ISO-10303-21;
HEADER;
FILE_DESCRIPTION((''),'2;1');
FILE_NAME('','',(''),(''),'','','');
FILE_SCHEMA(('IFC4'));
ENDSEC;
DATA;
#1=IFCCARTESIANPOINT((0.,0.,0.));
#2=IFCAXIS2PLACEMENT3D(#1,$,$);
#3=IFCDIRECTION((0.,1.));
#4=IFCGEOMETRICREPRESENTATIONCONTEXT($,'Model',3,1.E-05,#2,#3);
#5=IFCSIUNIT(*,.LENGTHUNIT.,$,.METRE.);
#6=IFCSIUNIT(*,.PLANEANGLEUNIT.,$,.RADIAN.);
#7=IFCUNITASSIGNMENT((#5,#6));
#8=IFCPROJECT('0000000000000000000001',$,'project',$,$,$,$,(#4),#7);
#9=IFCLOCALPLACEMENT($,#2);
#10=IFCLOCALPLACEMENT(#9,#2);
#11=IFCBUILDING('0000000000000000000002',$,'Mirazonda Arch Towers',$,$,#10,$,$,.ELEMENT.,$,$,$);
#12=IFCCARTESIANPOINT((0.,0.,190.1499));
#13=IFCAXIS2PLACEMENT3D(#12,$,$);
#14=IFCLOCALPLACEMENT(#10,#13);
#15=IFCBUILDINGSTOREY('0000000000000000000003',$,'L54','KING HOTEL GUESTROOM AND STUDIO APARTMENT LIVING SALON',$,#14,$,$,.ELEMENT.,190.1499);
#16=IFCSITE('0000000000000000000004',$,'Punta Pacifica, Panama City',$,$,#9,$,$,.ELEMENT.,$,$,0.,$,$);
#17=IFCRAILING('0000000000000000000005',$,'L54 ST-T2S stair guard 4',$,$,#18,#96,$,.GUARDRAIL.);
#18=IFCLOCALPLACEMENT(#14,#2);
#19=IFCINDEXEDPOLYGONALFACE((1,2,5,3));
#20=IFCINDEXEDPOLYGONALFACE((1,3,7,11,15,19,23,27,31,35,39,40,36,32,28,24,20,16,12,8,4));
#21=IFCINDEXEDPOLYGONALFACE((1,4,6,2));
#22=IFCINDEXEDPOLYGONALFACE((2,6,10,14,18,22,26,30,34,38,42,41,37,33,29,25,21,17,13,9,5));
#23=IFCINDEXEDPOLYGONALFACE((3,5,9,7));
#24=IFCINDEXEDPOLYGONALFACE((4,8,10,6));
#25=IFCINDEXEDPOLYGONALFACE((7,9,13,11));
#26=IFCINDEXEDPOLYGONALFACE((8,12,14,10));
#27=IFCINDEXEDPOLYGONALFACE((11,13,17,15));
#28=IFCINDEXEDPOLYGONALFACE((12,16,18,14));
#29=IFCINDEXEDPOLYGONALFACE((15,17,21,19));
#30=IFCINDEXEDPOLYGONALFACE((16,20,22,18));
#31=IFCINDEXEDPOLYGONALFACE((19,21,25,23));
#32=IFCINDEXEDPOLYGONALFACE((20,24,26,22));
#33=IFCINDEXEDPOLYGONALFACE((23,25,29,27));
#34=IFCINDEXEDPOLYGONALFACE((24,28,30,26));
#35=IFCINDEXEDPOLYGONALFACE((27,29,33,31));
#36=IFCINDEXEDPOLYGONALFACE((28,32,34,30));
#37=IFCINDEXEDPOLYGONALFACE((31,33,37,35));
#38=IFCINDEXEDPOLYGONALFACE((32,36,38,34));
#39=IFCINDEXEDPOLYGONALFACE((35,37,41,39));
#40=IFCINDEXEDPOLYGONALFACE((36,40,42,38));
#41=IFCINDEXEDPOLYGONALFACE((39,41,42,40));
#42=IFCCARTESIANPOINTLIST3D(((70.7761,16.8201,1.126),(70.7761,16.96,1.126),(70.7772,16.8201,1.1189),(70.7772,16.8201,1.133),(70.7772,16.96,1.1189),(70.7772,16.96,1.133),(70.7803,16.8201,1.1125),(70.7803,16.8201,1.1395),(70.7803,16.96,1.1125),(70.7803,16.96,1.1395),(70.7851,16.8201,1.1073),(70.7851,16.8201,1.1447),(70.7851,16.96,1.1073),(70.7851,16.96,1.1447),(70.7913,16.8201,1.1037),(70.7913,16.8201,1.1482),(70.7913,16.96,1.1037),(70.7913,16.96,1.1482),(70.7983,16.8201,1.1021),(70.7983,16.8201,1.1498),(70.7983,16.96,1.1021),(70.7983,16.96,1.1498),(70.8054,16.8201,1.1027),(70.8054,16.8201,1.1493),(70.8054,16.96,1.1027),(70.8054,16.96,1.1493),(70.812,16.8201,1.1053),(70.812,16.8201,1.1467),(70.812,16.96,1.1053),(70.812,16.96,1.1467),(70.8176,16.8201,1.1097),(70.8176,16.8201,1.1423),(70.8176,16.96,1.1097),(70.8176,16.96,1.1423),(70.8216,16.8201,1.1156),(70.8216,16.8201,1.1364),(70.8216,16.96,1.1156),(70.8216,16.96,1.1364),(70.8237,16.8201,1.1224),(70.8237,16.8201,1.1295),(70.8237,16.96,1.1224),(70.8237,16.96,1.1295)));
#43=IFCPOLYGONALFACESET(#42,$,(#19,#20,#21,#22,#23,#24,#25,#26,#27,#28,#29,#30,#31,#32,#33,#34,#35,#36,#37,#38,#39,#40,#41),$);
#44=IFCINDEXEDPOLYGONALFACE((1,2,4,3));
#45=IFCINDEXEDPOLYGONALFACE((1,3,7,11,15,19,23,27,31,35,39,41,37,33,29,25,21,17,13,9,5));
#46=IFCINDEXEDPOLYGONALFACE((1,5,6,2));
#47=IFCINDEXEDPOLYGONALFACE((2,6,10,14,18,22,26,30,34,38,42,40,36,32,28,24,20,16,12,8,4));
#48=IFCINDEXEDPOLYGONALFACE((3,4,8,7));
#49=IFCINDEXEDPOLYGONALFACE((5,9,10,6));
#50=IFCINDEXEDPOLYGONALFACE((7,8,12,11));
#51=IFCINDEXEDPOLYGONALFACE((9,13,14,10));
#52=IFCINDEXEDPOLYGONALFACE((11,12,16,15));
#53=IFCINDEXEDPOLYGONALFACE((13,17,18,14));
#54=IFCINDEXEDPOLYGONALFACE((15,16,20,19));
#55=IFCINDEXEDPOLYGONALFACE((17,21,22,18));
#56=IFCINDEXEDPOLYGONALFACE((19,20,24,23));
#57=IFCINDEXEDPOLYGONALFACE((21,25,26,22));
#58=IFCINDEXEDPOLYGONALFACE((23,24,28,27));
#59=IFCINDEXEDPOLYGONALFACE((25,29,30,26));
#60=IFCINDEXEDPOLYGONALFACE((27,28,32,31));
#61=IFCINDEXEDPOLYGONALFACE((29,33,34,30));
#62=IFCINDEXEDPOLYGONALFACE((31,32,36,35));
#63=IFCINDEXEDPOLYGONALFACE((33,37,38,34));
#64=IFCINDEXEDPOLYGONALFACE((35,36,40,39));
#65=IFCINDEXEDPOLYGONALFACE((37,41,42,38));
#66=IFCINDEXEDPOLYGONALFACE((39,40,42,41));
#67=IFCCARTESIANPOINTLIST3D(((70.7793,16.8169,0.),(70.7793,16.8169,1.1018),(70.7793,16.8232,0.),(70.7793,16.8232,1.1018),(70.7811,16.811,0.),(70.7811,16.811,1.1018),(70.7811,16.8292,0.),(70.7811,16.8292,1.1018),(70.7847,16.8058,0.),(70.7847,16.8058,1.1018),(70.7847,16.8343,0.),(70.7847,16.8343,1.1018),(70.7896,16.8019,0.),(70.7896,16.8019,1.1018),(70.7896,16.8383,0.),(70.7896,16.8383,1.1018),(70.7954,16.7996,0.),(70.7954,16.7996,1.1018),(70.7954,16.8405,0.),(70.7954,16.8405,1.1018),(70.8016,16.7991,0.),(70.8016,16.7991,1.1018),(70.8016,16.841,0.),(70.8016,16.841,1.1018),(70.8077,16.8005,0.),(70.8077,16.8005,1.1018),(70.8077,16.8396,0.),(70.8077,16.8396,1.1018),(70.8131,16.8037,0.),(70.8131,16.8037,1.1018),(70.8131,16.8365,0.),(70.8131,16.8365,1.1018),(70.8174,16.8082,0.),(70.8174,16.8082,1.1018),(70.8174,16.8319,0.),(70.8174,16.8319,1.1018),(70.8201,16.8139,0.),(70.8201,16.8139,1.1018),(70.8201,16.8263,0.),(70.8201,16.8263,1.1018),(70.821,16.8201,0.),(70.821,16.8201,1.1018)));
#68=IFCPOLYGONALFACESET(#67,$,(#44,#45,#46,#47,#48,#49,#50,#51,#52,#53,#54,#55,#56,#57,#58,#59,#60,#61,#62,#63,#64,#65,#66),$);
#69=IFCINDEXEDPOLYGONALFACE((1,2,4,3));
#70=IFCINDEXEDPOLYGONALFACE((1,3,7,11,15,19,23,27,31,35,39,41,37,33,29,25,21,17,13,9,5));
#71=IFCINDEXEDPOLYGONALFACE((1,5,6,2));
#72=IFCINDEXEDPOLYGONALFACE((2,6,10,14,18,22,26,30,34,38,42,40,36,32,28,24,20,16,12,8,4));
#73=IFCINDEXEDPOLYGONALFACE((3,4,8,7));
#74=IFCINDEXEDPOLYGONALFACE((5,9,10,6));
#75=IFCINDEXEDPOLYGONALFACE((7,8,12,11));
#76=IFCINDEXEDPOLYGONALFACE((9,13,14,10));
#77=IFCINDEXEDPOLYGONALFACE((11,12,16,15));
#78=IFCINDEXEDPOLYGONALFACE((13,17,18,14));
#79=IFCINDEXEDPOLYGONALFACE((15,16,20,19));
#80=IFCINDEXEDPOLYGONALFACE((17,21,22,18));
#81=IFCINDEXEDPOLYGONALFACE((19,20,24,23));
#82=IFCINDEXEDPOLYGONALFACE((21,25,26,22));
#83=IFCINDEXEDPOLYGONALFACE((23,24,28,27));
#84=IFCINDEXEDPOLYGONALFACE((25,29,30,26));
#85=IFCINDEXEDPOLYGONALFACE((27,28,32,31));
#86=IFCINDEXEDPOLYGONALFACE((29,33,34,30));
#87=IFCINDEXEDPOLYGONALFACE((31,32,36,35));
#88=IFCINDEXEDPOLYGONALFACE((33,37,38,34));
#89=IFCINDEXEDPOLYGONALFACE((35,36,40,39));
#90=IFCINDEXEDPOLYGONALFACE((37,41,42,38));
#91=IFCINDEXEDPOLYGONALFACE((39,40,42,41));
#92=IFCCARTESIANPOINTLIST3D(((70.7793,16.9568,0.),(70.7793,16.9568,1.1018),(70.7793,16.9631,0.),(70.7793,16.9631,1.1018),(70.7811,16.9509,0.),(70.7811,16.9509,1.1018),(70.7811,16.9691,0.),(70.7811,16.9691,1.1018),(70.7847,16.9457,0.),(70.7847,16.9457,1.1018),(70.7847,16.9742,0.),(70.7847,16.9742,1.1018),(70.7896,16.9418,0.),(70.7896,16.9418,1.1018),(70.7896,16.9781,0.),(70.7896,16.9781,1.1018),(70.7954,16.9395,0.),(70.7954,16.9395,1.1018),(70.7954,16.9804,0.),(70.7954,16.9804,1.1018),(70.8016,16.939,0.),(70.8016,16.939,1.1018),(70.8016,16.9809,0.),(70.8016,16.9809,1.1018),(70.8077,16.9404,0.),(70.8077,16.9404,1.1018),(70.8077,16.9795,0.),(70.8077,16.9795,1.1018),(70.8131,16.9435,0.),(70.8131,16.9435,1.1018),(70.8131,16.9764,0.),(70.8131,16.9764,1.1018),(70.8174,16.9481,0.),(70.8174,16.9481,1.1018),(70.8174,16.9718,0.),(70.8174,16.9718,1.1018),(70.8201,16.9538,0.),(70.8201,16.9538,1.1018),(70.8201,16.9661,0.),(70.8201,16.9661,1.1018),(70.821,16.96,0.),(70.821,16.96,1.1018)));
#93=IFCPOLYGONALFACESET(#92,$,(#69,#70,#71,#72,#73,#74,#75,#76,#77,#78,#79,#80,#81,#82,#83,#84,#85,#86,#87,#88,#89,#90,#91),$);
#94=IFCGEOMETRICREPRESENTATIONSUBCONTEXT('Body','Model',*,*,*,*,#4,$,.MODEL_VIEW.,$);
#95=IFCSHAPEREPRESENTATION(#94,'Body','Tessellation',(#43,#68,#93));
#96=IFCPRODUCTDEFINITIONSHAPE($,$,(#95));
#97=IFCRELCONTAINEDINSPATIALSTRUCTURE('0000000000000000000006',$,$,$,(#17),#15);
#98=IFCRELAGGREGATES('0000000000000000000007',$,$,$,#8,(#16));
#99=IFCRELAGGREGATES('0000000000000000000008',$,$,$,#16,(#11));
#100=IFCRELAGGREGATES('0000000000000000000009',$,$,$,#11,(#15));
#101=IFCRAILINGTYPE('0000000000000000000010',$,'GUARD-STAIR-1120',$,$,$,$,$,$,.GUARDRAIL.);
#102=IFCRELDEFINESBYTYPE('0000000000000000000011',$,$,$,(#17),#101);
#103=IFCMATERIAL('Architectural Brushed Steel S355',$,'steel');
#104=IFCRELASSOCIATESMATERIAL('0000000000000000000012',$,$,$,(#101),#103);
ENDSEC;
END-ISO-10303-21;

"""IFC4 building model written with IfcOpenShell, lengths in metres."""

from ifc_helpers import new_model, si_unit, direction, frame, origin, origin_2d, place, context, subcontext, project, spatial, circle, extrude, material, type_object, element, save


model = new_model("IFC4")

# Units and contexts
model_context = context("Model", 3, precision=1e-05, world=origin(), true_north=direction((0.0, 1.0)))
body_context = subcontext(model_context, "Body", "Model", "MODEL_VIEW")
ifc_project = project(units=[si_unit("LENGTHUNIT", "METRE"), si_unit("PLANEANGLEUNIT", "RADIAN")], contexts=[model_context])

# Site, building, storey
site_placement = place(None, origin())
site = spatial("IfcSite", under=ifc_project, at=site_placement, Name="Punta Pacifica, Panama City", CompositionType="ELEMENT", RefElevation=0.0)
building_placement = place(site_placement, origin())
building = spatial("IfcBuilding", under=site, at=building_placement, Name="Mirazonda Arch Towers", CompositionType="ELEMENT")
storey_placement = place(building_placement, frame((0.0, 0.0, 190.1499)))
storey = spatial("IfcBuildingStorey", under=building, at=storey_placement, Name="L54", Description="KING HOTEL GUESTROOM AND STUDIO APARTMENT LIVING SALON", CompositionType="ELEMENT", Elevation=190.1499)

# Shared definitions
ifc_material_1 = material(Name="Architectural Brushed Steel S355", Category="steel")

# Railing
railing_type_1 = type_object("IfcRailingType", Name="GUARD-STAIR-1120", PredefinedType="GUARDRAIL", material=ifc_material_1)
railing_1_placement = place(storey_placement, frame((70.8, 16.8201, 0.0)))
element("IfcRailing", 1, at=railing_1_placement, inside=storey, type_object=railing_type_1, Name="L54 ST-T2S stair guard 4", PredefinedType="GUARDRAIL", context=body_context, shape_type="SweptSolid", body=[
    extrude(circle(Radius=0.0239, at=origin_2d()), frame((0.0, 0.0, 1.126), z_axis=(0.0, 1.0, 0.0), x_axis=(-1.0, 0.0, 0.0)), (0.0, 0.0, 1.0), 0.1399),
    extrude(circle(Radius=0.021, at=origin_2d()), origin(), (0.0, 0.0, 1.0), 1.1018),
    extrude(circle(Radius=0.021, at=origin_2d()), frame((0.0, 0.1399, 0.0)), (0.0, 0.0, 1.0), 1.1018),
])

save(model, "model.ifc")
